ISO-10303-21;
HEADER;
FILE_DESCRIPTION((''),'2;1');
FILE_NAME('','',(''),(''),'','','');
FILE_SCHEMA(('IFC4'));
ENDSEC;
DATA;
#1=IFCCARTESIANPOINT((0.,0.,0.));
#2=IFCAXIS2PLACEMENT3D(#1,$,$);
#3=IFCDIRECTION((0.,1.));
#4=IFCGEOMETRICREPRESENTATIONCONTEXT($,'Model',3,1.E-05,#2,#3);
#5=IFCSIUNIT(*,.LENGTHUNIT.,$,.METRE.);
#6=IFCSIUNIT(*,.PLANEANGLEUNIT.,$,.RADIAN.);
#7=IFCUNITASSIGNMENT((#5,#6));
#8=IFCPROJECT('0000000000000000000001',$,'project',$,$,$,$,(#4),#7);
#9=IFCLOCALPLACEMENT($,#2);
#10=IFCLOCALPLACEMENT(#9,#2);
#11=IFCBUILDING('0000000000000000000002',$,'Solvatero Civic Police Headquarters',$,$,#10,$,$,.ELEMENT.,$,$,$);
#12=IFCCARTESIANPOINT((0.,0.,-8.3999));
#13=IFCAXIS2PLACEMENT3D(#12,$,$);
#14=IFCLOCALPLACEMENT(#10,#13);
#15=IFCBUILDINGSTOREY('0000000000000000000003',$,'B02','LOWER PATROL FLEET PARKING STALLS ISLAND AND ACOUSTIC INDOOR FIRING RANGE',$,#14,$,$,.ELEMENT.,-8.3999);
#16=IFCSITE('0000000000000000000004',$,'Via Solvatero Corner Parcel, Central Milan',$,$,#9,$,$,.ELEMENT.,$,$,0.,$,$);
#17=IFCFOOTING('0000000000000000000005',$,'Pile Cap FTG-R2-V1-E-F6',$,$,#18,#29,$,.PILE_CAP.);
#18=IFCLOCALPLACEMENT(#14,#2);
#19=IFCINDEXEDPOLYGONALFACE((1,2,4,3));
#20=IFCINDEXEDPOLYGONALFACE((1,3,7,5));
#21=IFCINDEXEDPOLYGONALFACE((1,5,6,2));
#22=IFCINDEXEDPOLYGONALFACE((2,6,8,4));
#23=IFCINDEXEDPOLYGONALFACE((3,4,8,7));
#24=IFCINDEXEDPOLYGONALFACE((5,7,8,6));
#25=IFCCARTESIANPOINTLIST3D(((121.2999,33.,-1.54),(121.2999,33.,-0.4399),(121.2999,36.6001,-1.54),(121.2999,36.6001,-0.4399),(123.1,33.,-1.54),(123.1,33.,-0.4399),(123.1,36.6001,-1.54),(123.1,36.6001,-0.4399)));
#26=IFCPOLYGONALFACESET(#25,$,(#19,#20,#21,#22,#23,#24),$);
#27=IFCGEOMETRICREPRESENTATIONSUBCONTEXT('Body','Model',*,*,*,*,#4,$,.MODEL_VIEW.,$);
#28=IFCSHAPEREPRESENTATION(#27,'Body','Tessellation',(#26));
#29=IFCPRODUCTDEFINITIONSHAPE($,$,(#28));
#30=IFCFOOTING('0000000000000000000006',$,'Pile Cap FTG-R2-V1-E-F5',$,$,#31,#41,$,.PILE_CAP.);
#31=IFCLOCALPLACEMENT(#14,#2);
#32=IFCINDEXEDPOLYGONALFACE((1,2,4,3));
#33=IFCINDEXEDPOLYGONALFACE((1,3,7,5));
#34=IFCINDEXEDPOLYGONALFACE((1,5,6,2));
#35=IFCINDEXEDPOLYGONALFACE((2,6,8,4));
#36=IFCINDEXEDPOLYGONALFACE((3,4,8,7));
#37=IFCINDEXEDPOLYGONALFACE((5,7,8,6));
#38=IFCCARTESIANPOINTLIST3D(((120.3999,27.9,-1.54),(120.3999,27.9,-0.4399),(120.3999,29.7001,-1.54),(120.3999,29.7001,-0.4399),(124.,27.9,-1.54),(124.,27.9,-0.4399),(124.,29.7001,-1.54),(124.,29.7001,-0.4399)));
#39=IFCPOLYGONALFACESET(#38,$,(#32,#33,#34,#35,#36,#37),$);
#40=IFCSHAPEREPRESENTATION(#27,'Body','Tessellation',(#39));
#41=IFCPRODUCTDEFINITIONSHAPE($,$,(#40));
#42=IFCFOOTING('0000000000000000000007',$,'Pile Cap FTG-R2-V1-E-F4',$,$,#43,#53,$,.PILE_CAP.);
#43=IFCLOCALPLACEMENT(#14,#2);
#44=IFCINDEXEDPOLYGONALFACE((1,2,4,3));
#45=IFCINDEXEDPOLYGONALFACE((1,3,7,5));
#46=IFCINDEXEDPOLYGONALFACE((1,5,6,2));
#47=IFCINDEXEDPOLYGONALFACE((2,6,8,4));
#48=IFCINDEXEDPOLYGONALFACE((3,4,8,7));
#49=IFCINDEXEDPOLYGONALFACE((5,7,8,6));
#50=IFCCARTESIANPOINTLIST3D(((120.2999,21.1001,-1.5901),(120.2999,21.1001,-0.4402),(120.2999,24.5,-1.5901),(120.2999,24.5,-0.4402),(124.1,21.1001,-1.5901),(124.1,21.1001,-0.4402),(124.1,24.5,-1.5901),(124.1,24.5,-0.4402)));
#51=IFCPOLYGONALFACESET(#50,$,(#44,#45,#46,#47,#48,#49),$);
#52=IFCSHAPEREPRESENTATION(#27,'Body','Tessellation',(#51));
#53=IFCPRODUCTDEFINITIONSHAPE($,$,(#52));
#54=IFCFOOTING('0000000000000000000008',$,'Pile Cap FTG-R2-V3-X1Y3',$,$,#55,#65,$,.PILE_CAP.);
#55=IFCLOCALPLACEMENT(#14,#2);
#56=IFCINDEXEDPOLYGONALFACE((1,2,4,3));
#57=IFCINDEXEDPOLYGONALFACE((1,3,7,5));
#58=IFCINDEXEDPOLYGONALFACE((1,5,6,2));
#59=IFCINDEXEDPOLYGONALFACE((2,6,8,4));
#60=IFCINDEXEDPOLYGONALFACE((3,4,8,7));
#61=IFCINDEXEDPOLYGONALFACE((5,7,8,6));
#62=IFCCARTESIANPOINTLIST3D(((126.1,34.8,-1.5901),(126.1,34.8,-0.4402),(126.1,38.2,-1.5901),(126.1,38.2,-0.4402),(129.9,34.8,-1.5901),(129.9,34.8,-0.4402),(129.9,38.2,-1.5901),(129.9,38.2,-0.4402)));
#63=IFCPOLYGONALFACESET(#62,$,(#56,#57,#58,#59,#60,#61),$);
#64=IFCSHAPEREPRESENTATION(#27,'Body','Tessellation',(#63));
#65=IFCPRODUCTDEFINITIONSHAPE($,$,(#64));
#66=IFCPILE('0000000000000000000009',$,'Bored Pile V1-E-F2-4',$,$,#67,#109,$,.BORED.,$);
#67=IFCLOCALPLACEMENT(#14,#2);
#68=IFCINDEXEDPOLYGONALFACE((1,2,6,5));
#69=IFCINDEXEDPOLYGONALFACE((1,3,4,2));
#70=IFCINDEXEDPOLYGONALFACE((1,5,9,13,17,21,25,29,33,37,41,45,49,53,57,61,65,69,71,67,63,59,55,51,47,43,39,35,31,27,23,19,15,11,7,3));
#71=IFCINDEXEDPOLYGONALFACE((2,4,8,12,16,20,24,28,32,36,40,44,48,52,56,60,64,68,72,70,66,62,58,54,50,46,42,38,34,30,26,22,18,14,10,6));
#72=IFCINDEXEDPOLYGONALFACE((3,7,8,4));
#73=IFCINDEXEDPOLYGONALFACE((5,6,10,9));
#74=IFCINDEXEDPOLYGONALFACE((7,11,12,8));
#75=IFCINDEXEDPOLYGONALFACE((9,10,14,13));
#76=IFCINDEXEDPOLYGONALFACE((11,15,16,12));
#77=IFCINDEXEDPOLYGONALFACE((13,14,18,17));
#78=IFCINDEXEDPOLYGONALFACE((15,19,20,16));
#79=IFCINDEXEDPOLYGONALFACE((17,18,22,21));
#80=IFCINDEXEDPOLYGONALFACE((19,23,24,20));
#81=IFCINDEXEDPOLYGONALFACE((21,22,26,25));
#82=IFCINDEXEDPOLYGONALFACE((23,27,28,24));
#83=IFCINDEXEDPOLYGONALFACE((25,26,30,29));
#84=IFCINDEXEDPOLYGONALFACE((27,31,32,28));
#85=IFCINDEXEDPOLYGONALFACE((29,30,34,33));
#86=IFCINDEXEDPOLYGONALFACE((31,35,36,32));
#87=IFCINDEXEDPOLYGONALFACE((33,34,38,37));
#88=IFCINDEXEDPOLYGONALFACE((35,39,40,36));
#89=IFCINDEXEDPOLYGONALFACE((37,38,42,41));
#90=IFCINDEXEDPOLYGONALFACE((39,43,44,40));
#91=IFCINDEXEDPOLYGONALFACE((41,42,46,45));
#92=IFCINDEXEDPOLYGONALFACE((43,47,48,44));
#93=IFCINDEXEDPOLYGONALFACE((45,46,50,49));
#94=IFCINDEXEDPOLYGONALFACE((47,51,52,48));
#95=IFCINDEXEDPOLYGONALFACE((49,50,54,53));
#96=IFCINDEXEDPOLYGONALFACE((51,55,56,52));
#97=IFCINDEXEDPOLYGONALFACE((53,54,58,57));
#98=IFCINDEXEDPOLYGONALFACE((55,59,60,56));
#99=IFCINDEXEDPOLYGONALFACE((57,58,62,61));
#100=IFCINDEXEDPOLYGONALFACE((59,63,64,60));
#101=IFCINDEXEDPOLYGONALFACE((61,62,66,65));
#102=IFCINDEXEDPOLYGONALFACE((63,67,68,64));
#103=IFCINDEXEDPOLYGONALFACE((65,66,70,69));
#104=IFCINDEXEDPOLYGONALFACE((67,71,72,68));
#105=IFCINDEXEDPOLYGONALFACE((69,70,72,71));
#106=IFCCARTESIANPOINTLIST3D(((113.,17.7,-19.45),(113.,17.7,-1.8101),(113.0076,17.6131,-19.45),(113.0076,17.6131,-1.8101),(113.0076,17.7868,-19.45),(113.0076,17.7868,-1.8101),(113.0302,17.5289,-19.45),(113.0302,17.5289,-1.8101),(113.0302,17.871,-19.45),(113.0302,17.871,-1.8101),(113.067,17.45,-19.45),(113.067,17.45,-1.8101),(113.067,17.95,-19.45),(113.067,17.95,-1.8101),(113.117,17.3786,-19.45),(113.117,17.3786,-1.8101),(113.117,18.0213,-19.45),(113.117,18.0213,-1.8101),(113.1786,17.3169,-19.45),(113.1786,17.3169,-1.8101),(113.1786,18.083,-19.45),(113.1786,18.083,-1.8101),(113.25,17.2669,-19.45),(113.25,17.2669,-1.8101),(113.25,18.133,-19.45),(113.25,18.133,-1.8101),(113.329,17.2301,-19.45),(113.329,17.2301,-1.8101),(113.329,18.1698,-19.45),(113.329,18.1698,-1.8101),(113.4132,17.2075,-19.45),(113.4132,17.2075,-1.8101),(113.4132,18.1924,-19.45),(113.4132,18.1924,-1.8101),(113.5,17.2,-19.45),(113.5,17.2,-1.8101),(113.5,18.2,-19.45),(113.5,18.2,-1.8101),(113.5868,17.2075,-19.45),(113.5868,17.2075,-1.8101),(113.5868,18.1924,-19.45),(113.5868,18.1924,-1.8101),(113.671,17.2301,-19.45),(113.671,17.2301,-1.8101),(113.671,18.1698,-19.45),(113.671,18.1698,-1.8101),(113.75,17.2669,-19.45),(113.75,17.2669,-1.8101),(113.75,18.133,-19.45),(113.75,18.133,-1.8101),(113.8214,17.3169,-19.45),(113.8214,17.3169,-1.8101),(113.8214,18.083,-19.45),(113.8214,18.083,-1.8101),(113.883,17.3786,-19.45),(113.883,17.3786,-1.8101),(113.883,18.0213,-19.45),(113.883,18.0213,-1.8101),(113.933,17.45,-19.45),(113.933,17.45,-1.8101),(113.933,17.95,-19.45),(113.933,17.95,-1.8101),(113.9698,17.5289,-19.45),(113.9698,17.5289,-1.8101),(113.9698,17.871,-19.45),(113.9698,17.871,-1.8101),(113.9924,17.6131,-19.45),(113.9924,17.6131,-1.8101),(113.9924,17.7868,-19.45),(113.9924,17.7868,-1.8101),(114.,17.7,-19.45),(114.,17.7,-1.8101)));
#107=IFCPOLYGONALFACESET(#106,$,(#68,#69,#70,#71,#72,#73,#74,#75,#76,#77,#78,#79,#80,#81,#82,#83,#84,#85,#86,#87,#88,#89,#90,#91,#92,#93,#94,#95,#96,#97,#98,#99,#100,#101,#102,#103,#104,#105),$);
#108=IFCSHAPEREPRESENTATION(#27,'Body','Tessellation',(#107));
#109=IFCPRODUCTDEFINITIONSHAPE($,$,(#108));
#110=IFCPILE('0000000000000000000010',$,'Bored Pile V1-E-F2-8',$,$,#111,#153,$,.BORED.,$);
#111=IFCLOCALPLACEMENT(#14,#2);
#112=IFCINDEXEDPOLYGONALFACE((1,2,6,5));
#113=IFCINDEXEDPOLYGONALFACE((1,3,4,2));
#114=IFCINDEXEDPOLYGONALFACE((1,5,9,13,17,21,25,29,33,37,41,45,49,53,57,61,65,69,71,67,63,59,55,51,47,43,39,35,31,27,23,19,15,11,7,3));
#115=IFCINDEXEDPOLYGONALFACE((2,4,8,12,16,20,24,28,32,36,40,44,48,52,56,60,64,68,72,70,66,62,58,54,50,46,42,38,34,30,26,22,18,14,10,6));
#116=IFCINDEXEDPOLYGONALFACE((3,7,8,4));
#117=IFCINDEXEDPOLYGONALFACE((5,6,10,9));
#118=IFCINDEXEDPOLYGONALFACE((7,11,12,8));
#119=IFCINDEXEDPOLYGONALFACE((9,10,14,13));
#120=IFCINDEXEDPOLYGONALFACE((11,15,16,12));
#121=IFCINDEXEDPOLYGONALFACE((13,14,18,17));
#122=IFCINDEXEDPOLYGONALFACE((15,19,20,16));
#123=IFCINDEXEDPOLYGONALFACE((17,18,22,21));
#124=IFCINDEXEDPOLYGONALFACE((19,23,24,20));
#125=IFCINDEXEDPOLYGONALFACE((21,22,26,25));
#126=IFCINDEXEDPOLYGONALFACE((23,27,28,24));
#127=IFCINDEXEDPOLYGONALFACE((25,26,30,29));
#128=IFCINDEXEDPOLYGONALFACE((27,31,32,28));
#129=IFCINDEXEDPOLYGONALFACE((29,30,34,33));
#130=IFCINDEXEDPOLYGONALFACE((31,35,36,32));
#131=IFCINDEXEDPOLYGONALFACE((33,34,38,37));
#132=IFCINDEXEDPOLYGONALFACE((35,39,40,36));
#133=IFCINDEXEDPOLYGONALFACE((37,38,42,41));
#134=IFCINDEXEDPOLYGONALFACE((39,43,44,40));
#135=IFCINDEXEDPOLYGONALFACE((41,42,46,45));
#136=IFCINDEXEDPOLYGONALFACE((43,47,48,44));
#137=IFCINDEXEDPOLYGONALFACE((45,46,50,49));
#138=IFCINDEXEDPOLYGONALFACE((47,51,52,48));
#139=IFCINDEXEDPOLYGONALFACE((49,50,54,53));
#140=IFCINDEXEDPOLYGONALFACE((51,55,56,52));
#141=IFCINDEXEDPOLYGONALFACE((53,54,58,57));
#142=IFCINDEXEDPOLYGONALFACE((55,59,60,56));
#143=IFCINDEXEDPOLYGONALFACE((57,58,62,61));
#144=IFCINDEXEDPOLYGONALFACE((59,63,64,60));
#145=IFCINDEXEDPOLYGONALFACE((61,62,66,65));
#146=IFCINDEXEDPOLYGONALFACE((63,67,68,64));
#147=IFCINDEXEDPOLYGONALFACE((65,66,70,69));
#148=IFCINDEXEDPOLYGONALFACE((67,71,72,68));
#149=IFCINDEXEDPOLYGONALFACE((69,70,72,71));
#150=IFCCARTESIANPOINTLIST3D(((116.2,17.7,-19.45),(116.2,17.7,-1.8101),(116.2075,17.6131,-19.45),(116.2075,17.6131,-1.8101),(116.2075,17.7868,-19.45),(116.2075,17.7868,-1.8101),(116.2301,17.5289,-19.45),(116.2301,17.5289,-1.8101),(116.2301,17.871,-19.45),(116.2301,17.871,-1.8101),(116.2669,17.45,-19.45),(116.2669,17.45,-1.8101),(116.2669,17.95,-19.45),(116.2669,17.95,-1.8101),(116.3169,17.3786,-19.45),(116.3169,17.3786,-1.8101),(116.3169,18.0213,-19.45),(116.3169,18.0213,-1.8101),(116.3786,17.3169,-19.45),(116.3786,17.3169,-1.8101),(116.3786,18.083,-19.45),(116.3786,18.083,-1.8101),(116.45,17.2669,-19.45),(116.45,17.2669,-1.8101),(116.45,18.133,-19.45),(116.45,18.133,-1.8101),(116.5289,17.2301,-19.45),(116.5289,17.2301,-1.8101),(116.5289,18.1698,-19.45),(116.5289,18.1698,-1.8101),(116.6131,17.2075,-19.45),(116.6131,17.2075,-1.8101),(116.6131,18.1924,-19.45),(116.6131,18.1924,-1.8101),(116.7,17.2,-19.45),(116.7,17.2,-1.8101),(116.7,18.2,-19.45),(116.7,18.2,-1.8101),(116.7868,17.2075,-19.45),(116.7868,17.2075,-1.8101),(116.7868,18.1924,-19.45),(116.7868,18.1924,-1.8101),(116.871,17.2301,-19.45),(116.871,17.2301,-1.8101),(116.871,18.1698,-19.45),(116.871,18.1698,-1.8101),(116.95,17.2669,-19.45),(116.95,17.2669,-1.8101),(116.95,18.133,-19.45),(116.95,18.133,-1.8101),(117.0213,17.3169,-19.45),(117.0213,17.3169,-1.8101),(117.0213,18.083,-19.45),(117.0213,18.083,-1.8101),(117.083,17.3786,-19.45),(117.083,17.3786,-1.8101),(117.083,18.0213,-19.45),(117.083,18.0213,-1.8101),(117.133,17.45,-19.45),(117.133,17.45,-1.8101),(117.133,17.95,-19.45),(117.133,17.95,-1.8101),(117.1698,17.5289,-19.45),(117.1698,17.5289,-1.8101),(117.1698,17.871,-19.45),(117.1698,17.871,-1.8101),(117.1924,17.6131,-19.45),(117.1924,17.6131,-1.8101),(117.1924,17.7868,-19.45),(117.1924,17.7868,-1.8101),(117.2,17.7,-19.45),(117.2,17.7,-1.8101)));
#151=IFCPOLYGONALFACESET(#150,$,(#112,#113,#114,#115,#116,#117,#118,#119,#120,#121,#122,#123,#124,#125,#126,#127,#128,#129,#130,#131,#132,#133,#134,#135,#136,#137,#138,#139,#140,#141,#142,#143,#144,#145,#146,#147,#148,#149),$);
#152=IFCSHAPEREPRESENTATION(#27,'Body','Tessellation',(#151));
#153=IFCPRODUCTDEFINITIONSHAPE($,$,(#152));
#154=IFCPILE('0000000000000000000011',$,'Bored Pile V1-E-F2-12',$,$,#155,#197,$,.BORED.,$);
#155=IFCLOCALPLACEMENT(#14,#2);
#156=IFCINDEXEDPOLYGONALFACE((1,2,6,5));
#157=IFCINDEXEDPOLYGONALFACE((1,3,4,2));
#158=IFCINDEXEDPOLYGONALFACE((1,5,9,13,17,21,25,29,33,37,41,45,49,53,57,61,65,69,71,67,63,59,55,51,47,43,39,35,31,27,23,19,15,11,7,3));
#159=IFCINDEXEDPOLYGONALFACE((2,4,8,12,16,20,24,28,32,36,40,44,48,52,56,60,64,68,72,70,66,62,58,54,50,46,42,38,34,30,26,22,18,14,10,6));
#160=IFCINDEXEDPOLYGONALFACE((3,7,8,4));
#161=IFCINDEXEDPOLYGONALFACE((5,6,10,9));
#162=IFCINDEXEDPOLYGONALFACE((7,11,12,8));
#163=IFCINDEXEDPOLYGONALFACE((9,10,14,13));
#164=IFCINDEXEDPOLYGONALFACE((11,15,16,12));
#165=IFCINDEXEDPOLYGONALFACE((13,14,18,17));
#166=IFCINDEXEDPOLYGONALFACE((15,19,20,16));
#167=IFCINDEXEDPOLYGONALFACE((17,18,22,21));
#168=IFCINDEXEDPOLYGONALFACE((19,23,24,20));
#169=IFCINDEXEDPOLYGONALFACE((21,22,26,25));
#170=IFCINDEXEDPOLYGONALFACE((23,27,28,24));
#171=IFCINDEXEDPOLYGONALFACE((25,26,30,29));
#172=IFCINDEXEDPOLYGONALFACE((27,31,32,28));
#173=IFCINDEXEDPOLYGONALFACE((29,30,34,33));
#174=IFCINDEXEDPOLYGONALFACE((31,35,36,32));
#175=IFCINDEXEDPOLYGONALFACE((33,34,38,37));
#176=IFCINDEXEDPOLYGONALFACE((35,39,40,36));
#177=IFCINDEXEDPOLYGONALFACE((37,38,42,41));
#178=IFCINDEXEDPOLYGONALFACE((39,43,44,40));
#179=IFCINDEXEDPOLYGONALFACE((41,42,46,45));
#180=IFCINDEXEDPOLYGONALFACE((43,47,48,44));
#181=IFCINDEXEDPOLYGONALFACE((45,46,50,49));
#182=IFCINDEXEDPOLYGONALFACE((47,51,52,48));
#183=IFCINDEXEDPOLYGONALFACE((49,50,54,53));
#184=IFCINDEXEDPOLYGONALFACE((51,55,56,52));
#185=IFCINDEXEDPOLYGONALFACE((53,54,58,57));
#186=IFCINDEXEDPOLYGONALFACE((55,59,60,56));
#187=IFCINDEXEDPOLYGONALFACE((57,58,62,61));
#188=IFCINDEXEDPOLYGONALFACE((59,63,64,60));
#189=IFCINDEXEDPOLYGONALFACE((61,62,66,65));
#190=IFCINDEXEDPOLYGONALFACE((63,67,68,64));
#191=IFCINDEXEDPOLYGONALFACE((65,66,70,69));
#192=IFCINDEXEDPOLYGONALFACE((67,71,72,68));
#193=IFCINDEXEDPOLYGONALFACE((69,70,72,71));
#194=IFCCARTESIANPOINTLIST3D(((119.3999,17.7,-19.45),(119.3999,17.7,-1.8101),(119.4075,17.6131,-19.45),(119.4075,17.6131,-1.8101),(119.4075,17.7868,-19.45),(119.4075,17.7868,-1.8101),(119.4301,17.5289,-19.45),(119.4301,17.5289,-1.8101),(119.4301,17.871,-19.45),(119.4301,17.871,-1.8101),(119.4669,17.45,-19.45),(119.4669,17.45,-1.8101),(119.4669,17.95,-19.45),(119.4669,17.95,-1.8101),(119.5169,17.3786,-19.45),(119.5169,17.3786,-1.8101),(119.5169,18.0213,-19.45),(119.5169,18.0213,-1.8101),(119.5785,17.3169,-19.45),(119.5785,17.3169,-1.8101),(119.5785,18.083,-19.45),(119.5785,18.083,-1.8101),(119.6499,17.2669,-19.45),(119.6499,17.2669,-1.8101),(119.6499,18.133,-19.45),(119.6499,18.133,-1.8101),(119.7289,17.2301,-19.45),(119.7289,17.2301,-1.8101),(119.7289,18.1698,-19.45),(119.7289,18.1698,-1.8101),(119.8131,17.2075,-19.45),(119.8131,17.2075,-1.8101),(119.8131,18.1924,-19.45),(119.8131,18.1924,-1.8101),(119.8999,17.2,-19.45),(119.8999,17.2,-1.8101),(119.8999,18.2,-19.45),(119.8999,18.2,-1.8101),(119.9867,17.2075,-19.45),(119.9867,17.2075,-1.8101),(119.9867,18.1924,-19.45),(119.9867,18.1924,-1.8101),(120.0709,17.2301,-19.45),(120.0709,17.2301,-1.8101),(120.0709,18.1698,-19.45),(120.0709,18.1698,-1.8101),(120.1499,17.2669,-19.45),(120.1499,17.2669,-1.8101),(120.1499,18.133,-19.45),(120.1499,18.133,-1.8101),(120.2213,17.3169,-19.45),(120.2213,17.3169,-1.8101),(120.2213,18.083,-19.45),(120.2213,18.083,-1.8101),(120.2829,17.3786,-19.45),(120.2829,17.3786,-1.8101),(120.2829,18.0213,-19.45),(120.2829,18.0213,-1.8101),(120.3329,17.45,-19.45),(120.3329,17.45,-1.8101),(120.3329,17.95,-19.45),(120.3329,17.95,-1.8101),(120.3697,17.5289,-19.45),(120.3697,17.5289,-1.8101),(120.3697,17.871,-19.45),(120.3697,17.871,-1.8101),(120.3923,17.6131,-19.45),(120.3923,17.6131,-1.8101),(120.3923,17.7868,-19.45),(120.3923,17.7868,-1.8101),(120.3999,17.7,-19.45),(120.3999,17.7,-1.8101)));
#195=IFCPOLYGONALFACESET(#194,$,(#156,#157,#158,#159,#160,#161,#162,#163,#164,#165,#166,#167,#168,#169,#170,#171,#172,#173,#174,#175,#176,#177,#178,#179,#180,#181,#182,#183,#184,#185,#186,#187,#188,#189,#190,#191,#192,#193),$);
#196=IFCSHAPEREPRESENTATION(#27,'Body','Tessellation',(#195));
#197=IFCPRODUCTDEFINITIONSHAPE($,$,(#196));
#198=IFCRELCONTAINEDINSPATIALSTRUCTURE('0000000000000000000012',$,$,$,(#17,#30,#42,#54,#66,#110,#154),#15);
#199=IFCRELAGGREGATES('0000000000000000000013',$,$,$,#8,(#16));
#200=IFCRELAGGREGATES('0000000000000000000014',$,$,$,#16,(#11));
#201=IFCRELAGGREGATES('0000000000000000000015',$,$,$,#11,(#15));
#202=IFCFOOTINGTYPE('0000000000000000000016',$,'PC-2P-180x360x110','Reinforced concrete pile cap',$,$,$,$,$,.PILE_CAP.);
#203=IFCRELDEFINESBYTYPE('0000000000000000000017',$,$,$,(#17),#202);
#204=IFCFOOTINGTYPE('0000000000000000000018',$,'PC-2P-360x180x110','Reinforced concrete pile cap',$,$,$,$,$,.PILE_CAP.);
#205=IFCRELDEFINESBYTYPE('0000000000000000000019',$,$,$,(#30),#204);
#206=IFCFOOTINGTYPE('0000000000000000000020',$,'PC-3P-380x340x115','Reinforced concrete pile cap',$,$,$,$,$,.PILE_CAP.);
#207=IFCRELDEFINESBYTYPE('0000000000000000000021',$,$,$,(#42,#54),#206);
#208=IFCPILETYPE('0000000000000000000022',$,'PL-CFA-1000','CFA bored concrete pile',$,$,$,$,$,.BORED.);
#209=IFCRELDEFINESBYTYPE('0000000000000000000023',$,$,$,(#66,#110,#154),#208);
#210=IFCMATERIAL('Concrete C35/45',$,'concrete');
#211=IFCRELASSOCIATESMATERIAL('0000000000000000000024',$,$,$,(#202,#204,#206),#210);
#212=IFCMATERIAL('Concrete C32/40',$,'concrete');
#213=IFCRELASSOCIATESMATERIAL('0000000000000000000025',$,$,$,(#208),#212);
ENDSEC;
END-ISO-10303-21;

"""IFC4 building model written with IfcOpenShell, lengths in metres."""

from ifc_helpers import new_model, si_unit, direction, frame, origin, origin_2d, place, context, subcontext, project, spatial, rectangle, circle, extrude, material, material_profile, profile_set, type_object, element, save


model = new_model("IFC4")

# Units and contexts
model_context = context("Model", 3, precision=1e-05, world=origin(), true_north=direction((0.0, 1.0)))
body_context = subcontext(model_context, "Body", "Model", "MODEL_VIEW")
ifc_project = project(units=[si_unit("LENGTHUNIT", "METRE"), si_unit("PLANEANGLEUNIT", "RADIAN")], contexts=[model_context])

# Site, building, storey
site_placement = place(None, origin())
site = spatial("IfcSite", under=ifc_project, at=site_placement, Name="Via Solvatero Corner Parcel, Central Milan", CompositionType="ELEMENT", RefElevation=0.0)
building_placement = place(site_placement, origin())
building = spatial("IfcBuilding", under=site, at=building_placement, Name="Solvatero Civic Police Headquarters", CompositionType="ELEMENT")
storey_placement = place(building_placement, frame((0.0, 0.0, -8.3999)))
storey = spatial("IfcBuildingStorey", under=building, at=storey_placement, Name="B02", Description="LOWER PATROL FLEET PARKING STALLS ISLAND AND ACOUSTIC INDOOR FIRING RANGE", CompositionType="ELEMENT", Elevation=-8.3999)

# Footings
ifc_material_1 = material(Name="Concrete C35/45", Category="concrete")
footing_type_1 = type_object("IfcFootingType", Name="PC-2P-180x360x110", Description="Reinforced concrete pile cap", PredefinedType="PILE_CAP", material=ifc_material_1)
footing_1_placement = place(storey_placement, frame((122.2, 34.8, -1.54), z_axis=(0.0, 0.0, 1.0), x_axis=(1.0, 0.0, 0.0)))
element("IfcFooting", 1, at=footing_1_placement, inside=storey, type_object=footing_type_1, Name="Pile Cap FTG-R2-V1-E-F6", PredefinedType="PILE_CAP", context=body_context, shape_type="SweptSolid", body=[
    extrude(rectangle(XDim=1.8, YDim=3.6001, at=origin_2d()), origin(), (0.0, 0.0, 1.0), 1.1001),
])
footing_type_2 = type_object("IfcFootingType", Name="PC-2P-360x180x110", Description="Reinforced concrete pile cap", PredefinedType="PILE_CAP", material=ifc_material_1)
footing_2_placement = place(storey_placement, frame((122.2, 28.8, -1.54), z_axis=(0.0, 0.0, 1.0), x_axis=(1.0, 0.0, 0.0)))
element("IfcFooting", 2, at=footing_2_placement, inside=storey, type_object=footing_type_2, Name="Pile Cap FTG-R2-V1-E-F5", PredefinedType="PILE_CAP", context=body_context, shape_type="SweptSolid", body=[
    extrude(rectangle(XDim=3.6001, YDim=1.8, at=origin_2d()), origin(), (0.0, 0.0, 1.0), 1.1001),
])
footing_type_3 = type_object("IfcFootingType", Name="PC-3P-380x340x115", Description="Reinforced concrete pile cap", PredefinedType="PILE_CAP", material=ifc_material_1)
for number, where, z_axis, x_axis, name in (
    (3, (122.2, 22.8, -1.5901), (0.0, 0.0, 1.0), (1.0, 0.0, 0.0), "Pile Cap FTG-R2-V1-E-F4"),
    (4, (128.0, 36.5, -1.5901), (0.0, 0.0, 1.0), (1.0, 0.0, 0.0), "Pile Cap FTG-R2-V3-X1Y3"),
):
    element("IfcFooting", number, at=place(storey_placement, frame(where, z_axis=z_axis, x_axis=x_axis)), inside=storey, type_object=footing_type_3, Name=name, PredefinedType="PILE_CAP", context=body_context, shape_type="SweptSolid", body=[
        extrude(rectangle(XDim=3.8, YDim=3.3999, at=origin_2d()), origin(), (0.0, 0.0, 1.0), 1.1499),
    ])

# Piles
ifc_material_2 = material(Name="Concrete C32/40", Category="concrete")
ifc_material_profile_1 = material_profile(ifc_material_2, circle(Radius=0.5, at=origin_2d()), Name="CFA PILE D1000")
ifc_profile_set_1 = profile_set([ifc_material_profile_1], Name="Concrete C32/40")
pile_type_1 = type_object("IfcPileType", Name="PL-CFA-1000", Description="CFA bored concrete pile", PredefinedType="BORED", material=ifc_profile_set_1)
for number, where, z_axis, x_axis, name in (
    (5, (113.5, 17.7, -1.8101), (0.0, 0.0, -1.0), (1.0, 0.0, 0.0), "Bored Pile V1-E-F2-4"),
    (6, (116.7, 17.7, -1.8101), (0.0, 0.0, -1.0), (1.0, 0.0, 0.0), "Bored Pile V1-E-F2-8"),
    (7, (119.8999, 17.7, -1.8101), (0.0, 0.0, -1.0), (1.0, 0.0, 0.0), "Bored Pile V1-E-F2-12"),
):
    element("IfcPile", number, at=place(storey_placement, frame(where, z_axis=z_axis, x_axis=x_axis)), inside=storey, type_object=pile_type_1, Name=name, PredefinedType="BORED", context=body_context, shape_type="SweptSolid", body=[
        extrude(circle(Radius=0.5, at=origin_2d()), origin(), (0.0, 0.0, 1.0), 17.6399),
    ])

save(model, "model.ifc")
